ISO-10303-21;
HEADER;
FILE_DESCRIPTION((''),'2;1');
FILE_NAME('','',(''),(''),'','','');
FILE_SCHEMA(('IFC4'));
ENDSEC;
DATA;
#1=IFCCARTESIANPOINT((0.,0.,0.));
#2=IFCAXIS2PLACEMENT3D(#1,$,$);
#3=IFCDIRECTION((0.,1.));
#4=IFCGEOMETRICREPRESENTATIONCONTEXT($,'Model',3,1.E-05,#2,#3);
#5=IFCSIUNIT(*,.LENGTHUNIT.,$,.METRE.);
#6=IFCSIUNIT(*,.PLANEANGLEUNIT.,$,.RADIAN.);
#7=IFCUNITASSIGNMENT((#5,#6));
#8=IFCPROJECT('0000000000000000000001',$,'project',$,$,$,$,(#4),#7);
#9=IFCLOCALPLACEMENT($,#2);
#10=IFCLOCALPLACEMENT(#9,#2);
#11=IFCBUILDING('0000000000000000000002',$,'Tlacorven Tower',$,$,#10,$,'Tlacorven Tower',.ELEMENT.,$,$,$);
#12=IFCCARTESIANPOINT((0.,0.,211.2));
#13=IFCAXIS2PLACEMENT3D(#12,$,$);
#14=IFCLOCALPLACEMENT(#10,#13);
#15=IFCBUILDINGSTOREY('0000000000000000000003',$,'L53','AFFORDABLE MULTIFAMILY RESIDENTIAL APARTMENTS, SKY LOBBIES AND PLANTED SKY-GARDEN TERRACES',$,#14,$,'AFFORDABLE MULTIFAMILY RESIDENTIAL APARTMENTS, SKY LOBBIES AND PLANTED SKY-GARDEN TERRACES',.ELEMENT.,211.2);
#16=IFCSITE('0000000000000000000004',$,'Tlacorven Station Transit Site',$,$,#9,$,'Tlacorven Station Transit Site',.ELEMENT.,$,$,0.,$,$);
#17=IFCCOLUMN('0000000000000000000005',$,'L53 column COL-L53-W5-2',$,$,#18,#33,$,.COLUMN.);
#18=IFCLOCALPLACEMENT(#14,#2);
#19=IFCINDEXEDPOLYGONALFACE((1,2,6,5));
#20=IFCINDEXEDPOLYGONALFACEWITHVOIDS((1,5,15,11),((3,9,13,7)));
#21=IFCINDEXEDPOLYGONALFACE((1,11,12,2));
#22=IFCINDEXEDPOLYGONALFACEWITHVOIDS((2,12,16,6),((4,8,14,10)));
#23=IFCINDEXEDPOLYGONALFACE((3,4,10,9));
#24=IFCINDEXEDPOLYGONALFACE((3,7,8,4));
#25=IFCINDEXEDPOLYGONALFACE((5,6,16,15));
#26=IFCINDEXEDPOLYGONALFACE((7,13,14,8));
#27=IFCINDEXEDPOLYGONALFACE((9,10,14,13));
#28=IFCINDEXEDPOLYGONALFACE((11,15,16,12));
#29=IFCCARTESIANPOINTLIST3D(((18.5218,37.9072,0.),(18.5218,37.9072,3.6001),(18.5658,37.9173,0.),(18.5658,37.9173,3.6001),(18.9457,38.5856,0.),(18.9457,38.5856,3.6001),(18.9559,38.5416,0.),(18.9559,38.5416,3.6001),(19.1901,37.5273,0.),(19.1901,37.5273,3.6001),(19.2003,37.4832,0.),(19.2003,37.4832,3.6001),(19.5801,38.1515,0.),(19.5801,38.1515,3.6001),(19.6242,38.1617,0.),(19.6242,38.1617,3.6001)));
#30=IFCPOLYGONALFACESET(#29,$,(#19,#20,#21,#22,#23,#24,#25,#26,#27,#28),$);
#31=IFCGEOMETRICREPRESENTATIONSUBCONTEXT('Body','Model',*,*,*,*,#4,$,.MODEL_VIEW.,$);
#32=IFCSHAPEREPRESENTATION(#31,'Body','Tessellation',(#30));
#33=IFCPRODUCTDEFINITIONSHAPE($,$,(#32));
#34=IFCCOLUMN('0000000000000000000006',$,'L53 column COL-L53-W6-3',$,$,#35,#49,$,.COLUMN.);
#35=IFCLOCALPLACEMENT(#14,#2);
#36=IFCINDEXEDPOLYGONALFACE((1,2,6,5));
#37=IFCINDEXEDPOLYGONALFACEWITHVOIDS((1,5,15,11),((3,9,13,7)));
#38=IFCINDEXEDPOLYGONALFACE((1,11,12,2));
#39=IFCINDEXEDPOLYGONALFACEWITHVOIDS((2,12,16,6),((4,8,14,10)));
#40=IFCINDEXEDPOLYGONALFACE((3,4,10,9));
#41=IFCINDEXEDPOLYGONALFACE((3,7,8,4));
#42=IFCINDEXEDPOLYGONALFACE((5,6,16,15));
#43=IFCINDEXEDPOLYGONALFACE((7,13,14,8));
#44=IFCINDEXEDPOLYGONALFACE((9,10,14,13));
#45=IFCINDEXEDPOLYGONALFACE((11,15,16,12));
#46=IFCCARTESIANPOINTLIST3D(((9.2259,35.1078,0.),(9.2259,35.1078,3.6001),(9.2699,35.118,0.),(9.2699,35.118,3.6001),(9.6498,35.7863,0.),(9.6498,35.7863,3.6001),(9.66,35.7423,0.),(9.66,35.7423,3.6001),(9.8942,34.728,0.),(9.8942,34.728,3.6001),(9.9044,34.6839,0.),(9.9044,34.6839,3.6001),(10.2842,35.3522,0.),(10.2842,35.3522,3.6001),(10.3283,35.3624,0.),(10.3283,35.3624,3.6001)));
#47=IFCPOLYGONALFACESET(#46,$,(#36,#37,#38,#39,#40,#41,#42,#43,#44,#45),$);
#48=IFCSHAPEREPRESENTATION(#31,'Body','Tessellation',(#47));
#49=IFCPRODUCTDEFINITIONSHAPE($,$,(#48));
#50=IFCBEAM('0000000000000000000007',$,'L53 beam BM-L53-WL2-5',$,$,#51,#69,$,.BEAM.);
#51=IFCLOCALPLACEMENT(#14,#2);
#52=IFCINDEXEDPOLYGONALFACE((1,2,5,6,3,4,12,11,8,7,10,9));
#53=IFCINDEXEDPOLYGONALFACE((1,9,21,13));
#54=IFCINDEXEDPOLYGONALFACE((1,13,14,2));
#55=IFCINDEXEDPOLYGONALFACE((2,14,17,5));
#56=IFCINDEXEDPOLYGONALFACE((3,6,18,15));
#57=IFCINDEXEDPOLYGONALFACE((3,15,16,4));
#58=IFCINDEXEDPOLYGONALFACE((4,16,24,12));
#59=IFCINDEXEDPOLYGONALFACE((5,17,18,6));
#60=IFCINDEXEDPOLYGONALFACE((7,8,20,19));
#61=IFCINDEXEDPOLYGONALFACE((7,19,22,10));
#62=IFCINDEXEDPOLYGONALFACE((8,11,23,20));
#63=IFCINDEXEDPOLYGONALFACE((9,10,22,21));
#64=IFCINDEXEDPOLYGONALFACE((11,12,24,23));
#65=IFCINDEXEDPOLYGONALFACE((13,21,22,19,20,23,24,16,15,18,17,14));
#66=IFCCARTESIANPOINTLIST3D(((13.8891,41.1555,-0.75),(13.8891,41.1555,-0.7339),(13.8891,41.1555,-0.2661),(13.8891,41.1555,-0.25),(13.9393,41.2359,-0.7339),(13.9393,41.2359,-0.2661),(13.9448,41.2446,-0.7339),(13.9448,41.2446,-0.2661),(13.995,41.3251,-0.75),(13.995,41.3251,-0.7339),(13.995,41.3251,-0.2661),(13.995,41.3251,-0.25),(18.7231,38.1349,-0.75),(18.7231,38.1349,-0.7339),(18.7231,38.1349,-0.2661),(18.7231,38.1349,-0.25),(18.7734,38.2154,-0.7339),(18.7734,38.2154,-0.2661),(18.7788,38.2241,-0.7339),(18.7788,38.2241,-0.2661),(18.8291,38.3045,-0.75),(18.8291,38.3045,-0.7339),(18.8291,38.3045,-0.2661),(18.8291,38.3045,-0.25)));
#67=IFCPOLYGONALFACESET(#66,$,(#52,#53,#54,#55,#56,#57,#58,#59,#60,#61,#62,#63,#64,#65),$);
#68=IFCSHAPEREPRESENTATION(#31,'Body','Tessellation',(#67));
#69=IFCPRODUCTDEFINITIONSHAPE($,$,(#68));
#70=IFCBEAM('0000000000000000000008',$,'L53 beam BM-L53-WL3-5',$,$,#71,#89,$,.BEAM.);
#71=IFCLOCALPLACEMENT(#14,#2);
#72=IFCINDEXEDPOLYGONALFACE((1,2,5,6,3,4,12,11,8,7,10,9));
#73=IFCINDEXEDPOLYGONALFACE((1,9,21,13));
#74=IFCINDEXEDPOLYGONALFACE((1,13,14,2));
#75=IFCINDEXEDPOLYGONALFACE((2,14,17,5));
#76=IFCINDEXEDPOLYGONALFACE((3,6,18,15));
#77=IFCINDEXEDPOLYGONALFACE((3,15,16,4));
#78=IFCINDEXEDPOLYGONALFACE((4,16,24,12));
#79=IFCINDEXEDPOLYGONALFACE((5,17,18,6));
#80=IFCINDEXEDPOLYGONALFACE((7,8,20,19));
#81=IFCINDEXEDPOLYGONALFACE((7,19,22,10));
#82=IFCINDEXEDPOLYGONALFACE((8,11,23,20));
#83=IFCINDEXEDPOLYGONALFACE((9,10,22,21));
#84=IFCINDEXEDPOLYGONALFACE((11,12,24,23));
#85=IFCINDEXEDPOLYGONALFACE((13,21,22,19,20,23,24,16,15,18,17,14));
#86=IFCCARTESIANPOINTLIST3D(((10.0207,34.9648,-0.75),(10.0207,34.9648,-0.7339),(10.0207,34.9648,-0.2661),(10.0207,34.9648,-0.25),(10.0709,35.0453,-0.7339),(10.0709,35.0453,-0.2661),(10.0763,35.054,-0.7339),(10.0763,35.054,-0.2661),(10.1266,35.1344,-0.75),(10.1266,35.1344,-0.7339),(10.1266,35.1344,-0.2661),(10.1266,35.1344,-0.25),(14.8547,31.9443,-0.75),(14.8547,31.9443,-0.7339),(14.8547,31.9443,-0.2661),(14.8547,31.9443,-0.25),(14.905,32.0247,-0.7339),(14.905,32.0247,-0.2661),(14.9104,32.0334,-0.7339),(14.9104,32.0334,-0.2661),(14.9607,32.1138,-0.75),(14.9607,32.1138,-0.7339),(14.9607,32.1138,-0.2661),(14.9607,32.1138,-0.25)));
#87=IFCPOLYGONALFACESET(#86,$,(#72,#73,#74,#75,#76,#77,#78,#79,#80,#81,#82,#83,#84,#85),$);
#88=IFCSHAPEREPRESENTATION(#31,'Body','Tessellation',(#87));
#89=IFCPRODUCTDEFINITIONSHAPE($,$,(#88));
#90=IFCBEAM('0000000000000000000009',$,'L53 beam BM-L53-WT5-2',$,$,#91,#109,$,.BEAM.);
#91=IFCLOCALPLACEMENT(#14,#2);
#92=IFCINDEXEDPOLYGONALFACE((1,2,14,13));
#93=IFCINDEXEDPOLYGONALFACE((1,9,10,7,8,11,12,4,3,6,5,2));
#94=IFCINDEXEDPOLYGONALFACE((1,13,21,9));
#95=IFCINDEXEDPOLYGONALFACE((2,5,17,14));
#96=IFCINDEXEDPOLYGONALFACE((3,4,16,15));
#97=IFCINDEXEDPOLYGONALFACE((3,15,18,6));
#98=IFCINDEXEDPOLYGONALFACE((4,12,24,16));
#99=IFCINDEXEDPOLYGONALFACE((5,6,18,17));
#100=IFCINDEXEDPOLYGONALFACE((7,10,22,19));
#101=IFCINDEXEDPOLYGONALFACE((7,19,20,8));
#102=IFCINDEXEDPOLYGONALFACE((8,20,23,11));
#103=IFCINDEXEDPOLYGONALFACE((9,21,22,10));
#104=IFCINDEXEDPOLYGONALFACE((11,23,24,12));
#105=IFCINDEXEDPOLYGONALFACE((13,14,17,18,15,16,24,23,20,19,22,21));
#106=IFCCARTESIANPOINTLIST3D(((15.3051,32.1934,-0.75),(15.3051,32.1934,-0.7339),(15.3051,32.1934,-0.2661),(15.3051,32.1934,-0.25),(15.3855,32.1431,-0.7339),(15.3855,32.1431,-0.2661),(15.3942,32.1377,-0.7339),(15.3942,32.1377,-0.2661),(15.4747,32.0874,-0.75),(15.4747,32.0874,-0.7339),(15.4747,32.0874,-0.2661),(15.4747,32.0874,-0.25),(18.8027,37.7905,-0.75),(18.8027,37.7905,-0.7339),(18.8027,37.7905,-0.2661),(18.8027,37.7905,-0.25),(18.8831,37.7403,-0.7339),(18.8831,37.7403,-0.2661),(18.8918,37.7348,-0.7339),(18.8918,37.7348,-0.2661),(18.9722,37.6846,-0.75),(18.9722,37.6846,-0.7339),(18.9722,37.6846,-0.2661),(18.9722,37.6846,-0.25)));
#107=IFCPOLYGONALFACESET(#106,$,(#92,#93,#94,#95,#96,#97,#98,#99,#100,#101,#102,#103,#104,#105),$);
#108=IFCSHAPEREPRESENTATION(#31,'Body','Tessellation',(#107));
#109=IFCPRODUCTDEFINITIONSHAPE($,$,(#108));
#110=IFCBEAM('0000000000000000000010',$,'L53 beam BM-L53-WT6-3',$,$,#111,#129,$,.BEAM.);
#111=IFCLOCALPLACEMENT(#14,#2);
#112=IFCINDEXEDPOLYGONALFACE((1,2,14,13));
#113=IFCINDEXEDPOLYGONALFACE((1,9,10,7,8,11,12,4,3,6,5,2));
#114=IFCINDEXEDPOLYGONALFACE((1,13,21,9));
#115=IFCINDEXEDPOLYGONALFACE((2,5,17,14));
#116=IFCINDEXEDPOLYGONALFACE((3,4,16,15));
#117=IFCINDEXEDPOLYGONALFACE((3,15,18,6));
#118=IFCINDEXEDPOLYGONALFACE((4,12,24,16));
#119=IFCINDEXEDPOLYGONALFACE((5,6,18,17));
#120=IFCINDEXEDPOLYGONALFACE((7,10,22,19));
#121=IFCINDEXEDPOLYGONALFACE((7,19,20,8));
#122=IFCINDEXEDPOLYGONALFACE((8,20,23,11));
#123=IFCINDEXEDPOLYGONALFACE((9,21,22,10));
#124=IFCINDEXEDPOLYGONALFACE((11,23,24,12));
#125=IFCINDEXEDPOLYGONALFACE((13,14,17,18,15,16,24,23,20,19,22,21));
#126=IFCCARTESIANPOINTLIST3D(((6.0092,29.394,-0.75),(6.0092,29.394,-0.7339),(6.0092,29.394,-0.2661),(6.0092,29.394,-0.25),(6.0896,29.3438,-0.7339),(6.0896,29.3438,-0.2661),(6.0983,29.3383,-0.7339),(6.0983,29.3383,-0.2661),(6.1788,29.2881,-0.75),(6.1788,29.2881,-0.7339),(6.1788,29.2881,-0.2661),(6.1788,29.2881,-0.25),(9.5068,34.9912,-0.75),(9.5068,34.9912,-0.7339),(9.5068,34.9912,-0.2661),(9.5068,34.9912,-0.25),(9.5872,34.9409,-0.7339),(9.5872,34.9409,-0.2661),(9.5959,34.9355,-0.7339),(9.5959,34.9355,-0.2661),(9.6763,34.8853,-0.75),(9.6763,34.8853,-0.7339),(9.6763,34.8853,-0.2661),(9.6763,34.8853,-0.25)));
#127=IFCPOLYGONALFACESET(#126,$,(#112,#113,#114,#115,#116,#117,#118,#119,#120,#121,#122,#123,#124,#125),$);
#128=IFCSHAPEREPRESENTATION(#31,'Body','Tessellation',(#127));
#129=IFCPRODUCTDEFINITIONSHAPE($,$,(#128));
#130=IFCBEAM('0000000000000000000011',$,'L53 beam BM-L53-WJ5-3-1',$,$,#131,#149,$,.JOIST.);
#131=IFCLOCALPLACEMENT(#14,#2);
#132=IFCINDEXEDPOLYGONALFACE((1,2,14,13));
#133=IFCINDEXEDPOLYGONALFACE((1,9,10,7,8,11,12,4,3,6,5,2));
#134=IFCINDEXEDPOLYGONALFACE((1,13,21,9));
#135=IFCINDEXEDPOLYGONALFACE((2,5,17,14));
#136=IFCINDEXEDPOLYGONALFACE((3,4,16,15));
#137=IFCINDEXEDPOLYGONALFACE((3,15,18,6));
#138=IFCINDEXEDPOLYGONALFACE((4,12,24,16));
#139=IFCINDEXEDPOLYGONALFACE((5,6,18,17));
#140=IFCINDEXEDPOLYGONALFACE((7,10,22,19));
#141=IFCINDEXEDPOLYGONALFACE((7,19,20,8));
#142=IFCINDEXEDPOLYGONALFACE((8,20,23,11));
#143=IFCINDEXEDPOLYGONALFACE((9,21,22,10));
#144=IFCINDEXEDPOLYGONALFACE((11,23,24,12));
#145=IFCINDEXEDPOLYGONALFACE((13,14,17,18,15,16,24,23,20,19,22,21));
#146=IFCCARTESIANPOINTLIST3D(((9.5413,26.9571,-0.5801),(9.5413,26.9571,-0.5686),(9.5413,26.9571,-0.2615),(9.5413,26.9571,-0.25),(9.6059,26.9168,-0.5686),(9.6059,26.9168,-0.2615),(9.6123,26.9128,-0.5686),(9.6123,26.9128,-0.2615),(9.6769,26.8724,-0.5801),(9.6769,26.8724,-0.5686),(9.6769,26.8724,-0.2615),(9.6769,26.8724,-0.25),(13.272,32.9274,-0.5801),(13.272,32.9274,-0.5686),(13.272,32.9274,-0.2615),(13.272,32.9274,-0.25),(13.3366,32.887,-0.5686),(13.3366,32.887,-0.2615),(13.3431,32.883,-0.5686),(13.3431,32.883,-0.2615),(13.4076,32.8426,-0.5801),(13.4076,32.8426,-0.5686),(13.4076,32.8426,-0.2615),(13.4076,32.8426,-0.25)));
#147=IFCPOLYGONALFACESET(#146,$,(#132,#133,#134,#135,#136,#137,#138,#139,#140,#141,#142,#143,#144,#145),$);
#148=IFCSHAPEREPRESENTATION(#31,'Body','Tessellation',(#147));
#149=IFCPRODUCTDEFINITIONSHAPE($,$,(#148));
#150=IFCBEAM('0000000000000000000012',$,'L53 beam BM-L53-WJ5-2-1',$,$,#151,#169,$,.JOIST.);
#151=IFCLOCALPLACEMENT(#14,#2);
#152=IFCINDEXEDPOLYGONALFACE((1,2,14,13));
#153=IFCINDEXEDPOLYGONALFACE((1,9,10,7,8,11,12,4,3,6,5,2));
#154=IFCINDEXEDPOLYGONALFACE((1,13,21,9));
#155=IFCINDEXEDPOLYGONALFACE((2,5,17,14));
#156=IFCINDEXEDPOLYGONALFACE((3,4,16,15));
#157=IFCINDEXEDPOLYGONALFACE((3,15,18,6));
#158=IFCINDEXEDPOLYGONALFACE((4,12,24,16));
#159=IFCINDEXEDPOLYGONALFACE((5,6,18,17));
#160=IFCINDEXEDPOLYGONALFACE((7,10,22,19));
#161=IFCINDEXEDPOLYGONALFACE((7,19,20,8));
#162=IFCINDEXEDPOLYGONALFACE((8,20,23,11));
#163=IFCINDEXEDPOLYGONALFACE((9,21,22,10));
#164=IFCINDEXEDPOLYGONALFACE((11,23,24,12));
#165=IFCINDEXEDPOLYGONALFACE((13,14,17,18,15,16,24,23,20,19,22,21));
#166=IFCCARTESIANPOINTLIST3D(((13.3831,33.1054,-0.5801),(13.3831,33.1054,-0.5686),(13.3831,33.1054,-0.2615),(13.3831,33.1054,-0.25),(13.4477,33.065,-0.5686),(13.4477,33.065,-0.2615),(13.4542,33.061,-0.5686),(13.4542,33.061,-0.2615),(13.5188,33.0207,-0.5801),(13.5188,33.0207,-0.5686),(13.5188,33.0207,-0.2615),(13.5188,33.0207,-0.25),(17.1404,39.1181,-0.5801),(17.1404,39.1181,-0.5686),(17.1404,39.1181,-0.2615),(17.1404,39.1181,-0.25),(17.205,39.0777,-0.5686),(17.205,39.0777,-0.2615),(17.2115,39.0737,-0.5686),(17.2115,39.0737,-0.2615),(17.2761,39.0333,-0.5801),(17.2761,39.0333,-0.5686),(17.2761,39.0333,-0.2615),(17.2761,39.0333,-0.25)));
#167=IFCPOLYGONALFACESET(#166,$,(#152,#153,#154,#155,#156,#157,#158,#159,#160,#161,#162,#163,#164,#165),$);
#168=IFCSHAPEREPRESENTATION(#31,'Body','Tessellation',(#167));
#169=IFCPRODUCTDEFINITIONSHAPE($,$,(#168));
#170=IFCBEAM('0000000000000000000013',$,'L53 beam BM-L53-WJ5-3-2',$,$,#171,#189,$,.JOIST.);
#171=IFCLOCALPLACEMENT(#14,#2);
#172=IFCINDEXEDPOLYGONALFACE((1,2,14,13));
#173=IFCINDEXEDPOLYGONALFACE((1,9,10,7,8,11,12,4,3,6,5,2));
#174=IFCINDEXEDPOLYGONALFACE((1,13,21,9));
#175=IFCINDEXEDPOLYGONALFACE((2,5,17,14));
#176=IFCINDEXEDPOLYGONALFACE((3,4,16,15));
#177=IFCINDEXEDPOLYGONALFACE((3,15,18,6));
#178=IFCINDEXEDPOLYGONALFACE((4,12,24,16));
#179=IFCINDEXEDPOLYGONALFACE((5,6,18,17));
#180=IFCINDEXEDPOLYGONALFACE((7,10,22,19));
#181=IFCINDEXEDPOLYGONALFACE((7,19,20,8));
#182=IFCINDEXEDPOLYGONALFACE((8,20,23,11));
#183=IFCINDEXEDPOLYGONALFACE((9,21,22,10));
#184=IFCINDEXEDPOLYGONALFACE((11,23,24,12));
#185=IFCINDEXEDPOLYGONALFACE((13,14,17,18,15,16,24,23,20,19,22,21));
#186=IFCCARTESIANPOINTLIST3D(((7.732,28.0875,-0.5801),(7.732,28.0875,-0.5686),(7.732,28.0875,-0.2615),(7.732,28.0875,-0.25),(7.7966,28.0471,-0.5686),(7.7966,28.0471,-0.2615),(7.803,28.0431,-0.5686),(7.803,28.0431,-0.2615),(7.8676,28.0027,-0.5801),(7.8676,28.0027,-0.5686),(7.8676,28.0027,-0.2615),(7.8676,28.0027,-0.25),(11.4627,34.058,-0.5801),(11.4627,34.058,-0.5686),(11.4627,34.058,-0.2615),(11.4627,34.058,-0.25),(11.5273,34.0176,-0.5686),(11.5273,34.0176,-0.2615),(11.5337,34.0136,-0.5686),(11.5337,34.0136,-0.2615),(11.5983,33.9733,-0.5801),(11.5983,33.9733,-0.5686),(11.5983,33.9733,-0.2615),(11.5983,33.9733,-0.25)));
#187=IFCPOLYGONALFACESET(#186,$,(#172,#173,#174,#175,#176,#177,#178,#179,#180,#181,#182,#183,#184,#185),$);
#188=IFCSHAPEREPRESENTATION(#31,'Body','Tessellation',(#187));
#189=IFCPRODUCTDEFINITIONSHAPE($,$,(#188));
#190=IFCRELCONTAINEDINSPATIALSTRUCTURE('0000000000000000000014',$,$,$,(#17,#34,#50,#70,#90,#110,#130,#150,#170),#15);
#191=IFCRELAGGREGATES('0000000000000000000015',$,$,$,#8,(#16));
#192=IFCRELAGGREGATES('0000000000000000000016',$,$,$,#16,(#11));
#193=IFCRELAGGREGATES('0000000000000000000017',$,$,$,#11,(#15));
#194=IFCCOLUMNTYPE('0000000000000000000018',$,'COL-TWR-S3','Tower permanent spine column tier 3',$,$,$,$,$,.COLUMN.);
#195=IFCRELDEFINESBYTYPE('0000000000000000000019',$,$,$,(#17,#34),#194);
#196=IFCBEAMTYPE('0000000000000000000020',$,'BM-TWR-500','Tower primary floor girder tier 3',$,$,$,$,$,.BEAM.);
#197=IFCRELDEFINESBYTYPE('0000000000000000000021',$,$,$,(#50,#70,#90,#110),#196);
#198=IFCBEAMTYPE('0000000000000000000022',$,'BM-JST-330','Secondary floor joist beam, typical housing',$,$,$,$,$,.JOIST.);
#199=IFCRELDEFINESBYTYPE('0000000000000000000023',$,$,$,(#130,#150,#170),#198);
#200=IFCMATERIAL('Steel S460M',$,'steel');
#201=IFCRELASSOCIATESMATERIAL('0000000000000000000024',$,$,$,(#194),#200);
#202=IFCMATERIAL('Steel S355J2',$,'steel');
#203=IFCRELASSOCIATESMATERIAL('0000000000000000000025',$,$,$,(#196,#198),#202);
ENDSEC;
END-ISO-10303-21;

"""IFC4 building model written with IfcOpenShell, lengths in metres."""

from ifc_helpers import new_model, si_unit, direction, frame, origin, origin_2d, place, context, subcontext, project, spatial, hollow_rectangle, i_section, extrude, source, transform, mapped, material, material_profile, profile_set, type_object, element, save


model = new_model("IFC4")

# Units and contexts
model_context = context("Model", 3, precision=1e-05, world=origin(), true_north=direction((0.0, 1.0)))
body_context = subcontext(model_context, "Body", "Model", "MODEL_VIEW")
ifc_project = project(units=[si_unit("LENGTHUNIT", "METRE"), si_unit("PLANEANGLEUNIT", "RADIAN")], contexts=[model_context])

# Site, building, storey
site_placement = place(None, origin())
site = spatial("IfcSite", under=ifc_project, at=site_placement, Name="Tlacorven Station Transit Site", LongName="Tlacorven Station Transit Site", CompositionType="ELEMENT", RefElevation=0.0)
building_placement = place(site_placement, origin())
building = spatial("IfcBuilding", under=site, at=building_placement, Name="Tlacorven Tower", LongName="Tlacorven Tower", CompositionType="ELEMENT")
storey_placement = place(building_placement, frame((0.0, 0.0, 211.2)))
storey = spatial("IfcBuildingStorey", under=building, at=storey_placement, Name="L53", Description="AFFORDABLE MULTIFAMILY RESIDENTIAL APARTMENTS, SKY LOBBIES AND PLANTED SKY-GARDEN TERRACES", LongName="AFFORDABLE MULTIFAMILY RESIDENTIAL APARTMENTS, SKY LOBBIES AND PLANTED SKY-GARDEN TERRACES", CompositionType="ELEMENT", Elevation=211.2)

# Columns
ifc_material_1 = material(Name="Steel S460M", Category="steel")
ifc_material_profile_1 = material_profile(ifc_material_1, hollow_rectangle(XDim=0.8, YDim=0.8, WallThickness=0.032, at=origin_2d()), Name="BOX 800X800X32")
ifc_profile_set_1 = profile_set([ifc_material_profile_1], Name="Steel S460M")
column_type = type_object("IfcColumnType", Name="COL-TWR-S3", Description="Tower permanent spine column tier 3", PredefinedType="COLUMN", material=ifc_profile_set_1)
shared_shape_1 = source(origin(), body_context, "Body", "SweptSolid", [
    extrude(hollow_rectangle(XDim=0.8, YDim=0.8, WallThickness=0.032, at=origin_2d()), origin(), (0.0, 0.0, 1.0), 3.6001),
])
for number, where, z_axis, x_axis, name in (
    (1, (19.073, 38.0344, 0.0), (0.0, 0.0, 1.0), (-0.848048, 0.529919, 0.0), "L53 column COL-L53-W5-2"),
    (2, (9.7771, 35.2351, 0.0), (0.0, 0.0, 1.0), (-0.848048, 0.529919, 0.0), "L53 column COL-L53-W6-3"),
):
    element("IfcColumn", number, at=place(storey_placement, frame(where, z_axis=z_axis, x_axis=x_axis)), inside=storey, type_object=column_type, Name=name, PredefinedType="COLUMN", context=body_context, shape_type="MappedRepresentation", body=[
        mapped(shared_shape_1, transform((0.0, 0.0, 0.0), scale=1.0)),
    ])

# Beams
ifc_material_2 = material(Name="Steel S355J2", Category="steel")
ifc_material_profile_2 = material_profile(ifc_material_2, i_section(OverallWidth=0.2, OverallDepth=0.5, WebThickness=0.0103, FlangeThickness=0.0161, at=origin_2d()), Name="IPE 500")
ifc_profile_set_2 = profile_set([ifc_material_profile_2], Name="Steel S355J2")
beam_type_1 = type_object("IfcBeamType", Name="BM-TWR-500", Description="Tower primary floor girder tier 3", PredefinedType="BEAM", material=ifc_profile_set_2)
shared_shape_2 = source(origin(), body_context, "Body", "SweptSolid", [
    extrude(i_section(OverallWidth=0.2, OverallDepth=0.5, WebThickness=0.0103, FlangeThickness=0.0161, at=origin_2d()), origin(), (0.0, 0.0, 1.0), 5.7002),
])
for number, where, z_axis, x_axis, name in (
    (3, (18.7761, 38.2197, -0.5), (-0.848056, 0.529907, 0.0), (-0.529907, -0.848056, 0.0), "L53 beam BM-L53-WL2-5"),
    (4, (14.9077, 32.0291, -0.5), (-0.848056, 0.529907, 0.0), (-0.529907, -0.848056, 0.0), "L53 beam BM-L53-WL3-5"),
):
    element("IfcBeam", number, at=place(storey_placement, frame(where, z_axis=z_axis, x_axis=x_axis)), inside=storey, type_object=beam_type_1, Name=name, PredefinedType="BEAM", context=body_context, shape_type="MappedRepresentation", body=[
        mapped(shared_shape_2, transform((0.0, 0.0, 0.0), scale=1.0)),
    ])
shared_shape_3 = source(origin(), body_context, "Body", "SweptSolid", [
    extrude(i_section(OverallWidth=0.2, OverallDepth=0.5, WebThickness=0.0103, FlangeThickness=0.0161, at=origin_2d()), origin(), (0.0, 0.0, 1.0), 6.6001),
])
for number, where, z_axis, x_axis, name in (
    (5, (18.8875, 37.7375, -0.5), (-0.529926, -0.848044, 0.0), (0.848044, -0.529926, 0.0), "L53 beam BM-L53-WT5-2"),
    (6, (9.5916, 34.9382, -0.5), (-0.529926, -0.848044, 0.0), (0.848044, -0.529926, 0.0), "L53 beam BM-L53-WT6-3"),
):
    element("IfcBeam", number, at=place(storey_placement, frame(where, z_axis=z_axis, x_axis=x_axis)), inside=storey, type_object=beam_type_1, Name=name, PredefinedType="BEAM", context=body_context, shape_type="MappedRepresentation", body=[
        mapped(shared_shape_3, transform((0.0, 0.0, 0.0), scale=1.0)),
    ])
ifc_material_profile_3 = material_profile(ifc_material_2, i_section(OverallWidth=0.1599, OverallDepth=0.3301, WebThickness=0.0076, FlangeThickness=0.0115, at=origin_2d()), Name="IPE 330")
ifc_profile_set_3 = profile_set([ifc_material_profile_3], Name="Steel S355J2")
beam_type_2 = type_object("IfcBeamType", Name="BM-JST-330", Description="Secondary floor joist beam, typical housing", PredefinedType="JOIST", material=ifc_profile_set_3)
shared_shape_4 = source(origin(), body_context, "Body", "SweptSolid", [
    extrude(i_section(OverallWidth=0.1599, OverallDepth=0.3301, WebThickness=0.0076, FlangeThickness=0.0115, at=origin_2d()), origin(), (0.0, 0.0, 1.0), 7.04),
])
beam_1_placement = place(storey_placement, frame((13.3398, 32.885, -0.415), z_axis=(-0.52993, -0.848041, 0.0), x_axis=(0.848041, -0.52993, 0.0)))
element("IfcBeam", 7, at=beam_1_placement, inside=storey, type_object=beam_type_2, Name="L53 beam BM-L53-WJ5-3-1", PredefinedType="JOIST", context=body_context, shape_type="MappedRepresentation", body=[
    mapped(shared_shape_4, transform((0.0, 0.0, 0.0), scale=1.0)),
])
shared_shape_5 = source(origin(), body_context, "Body", "SweptSolid", [
    extrude(i_section(OverallWidth=0.1599, OverallDepth=0.3301, WebThickness=0.0076, FlangeThickness=0.0115, at=origin_2d()), origin(), (0.0, 0.0, 1.0), 7.0901),
])
beam_2_placement = place(storey_placement, frame((17.2083, 39.0757, -0.415), z_axis=(-0.529937, -0.848037, 0.0), x_axis=(0.848037, -0.529937, 0.0)))
element("IfcBeam", 8, at=beam_2_placement, inside=storey, type_object=beam_type_2, Name="L53 beam BM-L53-WJ5-2-1", PredefinedType="JOIST", context=body_context, shape_type="MappedRepresentation", body=[
    mapped(shared_shape_5, transform((0.0, 0.0, 0.0), scale=1.0)),
])
shared_shape_6 = source(origin(), body_context, "Body", "SweptSolid", [
    extrude(i_section(OverallWidth=0.1599, OverallDepth=0.3301, WebThickness=0.0076, FlangeThickness=0.0115, at=origin_2d()), origin(), (0.0, 0.0, 1.0), 7.0403),
])
beam_3_placement = place(storey_placement, frame((11.5305, 34.0156, -0.415), z_axis=(-0.529915, -0.848051, 0.0), x_axis=(0.848051, -0.529915, 0.0)))
element("IfcBeam", 9, at=beam_3_placement, inside=storey, type_object=beam_type_2, Name="L53 beam BM-L53-WJ5-3-2", PredefinedType="JOIST", context=body_context, shape_type="MappedRepresentation", body=[
    mapped(shared_shape_6, transform((0.0, 0.0, 0.0), scale=1.0)),
])

save(model, "model.ifc")
